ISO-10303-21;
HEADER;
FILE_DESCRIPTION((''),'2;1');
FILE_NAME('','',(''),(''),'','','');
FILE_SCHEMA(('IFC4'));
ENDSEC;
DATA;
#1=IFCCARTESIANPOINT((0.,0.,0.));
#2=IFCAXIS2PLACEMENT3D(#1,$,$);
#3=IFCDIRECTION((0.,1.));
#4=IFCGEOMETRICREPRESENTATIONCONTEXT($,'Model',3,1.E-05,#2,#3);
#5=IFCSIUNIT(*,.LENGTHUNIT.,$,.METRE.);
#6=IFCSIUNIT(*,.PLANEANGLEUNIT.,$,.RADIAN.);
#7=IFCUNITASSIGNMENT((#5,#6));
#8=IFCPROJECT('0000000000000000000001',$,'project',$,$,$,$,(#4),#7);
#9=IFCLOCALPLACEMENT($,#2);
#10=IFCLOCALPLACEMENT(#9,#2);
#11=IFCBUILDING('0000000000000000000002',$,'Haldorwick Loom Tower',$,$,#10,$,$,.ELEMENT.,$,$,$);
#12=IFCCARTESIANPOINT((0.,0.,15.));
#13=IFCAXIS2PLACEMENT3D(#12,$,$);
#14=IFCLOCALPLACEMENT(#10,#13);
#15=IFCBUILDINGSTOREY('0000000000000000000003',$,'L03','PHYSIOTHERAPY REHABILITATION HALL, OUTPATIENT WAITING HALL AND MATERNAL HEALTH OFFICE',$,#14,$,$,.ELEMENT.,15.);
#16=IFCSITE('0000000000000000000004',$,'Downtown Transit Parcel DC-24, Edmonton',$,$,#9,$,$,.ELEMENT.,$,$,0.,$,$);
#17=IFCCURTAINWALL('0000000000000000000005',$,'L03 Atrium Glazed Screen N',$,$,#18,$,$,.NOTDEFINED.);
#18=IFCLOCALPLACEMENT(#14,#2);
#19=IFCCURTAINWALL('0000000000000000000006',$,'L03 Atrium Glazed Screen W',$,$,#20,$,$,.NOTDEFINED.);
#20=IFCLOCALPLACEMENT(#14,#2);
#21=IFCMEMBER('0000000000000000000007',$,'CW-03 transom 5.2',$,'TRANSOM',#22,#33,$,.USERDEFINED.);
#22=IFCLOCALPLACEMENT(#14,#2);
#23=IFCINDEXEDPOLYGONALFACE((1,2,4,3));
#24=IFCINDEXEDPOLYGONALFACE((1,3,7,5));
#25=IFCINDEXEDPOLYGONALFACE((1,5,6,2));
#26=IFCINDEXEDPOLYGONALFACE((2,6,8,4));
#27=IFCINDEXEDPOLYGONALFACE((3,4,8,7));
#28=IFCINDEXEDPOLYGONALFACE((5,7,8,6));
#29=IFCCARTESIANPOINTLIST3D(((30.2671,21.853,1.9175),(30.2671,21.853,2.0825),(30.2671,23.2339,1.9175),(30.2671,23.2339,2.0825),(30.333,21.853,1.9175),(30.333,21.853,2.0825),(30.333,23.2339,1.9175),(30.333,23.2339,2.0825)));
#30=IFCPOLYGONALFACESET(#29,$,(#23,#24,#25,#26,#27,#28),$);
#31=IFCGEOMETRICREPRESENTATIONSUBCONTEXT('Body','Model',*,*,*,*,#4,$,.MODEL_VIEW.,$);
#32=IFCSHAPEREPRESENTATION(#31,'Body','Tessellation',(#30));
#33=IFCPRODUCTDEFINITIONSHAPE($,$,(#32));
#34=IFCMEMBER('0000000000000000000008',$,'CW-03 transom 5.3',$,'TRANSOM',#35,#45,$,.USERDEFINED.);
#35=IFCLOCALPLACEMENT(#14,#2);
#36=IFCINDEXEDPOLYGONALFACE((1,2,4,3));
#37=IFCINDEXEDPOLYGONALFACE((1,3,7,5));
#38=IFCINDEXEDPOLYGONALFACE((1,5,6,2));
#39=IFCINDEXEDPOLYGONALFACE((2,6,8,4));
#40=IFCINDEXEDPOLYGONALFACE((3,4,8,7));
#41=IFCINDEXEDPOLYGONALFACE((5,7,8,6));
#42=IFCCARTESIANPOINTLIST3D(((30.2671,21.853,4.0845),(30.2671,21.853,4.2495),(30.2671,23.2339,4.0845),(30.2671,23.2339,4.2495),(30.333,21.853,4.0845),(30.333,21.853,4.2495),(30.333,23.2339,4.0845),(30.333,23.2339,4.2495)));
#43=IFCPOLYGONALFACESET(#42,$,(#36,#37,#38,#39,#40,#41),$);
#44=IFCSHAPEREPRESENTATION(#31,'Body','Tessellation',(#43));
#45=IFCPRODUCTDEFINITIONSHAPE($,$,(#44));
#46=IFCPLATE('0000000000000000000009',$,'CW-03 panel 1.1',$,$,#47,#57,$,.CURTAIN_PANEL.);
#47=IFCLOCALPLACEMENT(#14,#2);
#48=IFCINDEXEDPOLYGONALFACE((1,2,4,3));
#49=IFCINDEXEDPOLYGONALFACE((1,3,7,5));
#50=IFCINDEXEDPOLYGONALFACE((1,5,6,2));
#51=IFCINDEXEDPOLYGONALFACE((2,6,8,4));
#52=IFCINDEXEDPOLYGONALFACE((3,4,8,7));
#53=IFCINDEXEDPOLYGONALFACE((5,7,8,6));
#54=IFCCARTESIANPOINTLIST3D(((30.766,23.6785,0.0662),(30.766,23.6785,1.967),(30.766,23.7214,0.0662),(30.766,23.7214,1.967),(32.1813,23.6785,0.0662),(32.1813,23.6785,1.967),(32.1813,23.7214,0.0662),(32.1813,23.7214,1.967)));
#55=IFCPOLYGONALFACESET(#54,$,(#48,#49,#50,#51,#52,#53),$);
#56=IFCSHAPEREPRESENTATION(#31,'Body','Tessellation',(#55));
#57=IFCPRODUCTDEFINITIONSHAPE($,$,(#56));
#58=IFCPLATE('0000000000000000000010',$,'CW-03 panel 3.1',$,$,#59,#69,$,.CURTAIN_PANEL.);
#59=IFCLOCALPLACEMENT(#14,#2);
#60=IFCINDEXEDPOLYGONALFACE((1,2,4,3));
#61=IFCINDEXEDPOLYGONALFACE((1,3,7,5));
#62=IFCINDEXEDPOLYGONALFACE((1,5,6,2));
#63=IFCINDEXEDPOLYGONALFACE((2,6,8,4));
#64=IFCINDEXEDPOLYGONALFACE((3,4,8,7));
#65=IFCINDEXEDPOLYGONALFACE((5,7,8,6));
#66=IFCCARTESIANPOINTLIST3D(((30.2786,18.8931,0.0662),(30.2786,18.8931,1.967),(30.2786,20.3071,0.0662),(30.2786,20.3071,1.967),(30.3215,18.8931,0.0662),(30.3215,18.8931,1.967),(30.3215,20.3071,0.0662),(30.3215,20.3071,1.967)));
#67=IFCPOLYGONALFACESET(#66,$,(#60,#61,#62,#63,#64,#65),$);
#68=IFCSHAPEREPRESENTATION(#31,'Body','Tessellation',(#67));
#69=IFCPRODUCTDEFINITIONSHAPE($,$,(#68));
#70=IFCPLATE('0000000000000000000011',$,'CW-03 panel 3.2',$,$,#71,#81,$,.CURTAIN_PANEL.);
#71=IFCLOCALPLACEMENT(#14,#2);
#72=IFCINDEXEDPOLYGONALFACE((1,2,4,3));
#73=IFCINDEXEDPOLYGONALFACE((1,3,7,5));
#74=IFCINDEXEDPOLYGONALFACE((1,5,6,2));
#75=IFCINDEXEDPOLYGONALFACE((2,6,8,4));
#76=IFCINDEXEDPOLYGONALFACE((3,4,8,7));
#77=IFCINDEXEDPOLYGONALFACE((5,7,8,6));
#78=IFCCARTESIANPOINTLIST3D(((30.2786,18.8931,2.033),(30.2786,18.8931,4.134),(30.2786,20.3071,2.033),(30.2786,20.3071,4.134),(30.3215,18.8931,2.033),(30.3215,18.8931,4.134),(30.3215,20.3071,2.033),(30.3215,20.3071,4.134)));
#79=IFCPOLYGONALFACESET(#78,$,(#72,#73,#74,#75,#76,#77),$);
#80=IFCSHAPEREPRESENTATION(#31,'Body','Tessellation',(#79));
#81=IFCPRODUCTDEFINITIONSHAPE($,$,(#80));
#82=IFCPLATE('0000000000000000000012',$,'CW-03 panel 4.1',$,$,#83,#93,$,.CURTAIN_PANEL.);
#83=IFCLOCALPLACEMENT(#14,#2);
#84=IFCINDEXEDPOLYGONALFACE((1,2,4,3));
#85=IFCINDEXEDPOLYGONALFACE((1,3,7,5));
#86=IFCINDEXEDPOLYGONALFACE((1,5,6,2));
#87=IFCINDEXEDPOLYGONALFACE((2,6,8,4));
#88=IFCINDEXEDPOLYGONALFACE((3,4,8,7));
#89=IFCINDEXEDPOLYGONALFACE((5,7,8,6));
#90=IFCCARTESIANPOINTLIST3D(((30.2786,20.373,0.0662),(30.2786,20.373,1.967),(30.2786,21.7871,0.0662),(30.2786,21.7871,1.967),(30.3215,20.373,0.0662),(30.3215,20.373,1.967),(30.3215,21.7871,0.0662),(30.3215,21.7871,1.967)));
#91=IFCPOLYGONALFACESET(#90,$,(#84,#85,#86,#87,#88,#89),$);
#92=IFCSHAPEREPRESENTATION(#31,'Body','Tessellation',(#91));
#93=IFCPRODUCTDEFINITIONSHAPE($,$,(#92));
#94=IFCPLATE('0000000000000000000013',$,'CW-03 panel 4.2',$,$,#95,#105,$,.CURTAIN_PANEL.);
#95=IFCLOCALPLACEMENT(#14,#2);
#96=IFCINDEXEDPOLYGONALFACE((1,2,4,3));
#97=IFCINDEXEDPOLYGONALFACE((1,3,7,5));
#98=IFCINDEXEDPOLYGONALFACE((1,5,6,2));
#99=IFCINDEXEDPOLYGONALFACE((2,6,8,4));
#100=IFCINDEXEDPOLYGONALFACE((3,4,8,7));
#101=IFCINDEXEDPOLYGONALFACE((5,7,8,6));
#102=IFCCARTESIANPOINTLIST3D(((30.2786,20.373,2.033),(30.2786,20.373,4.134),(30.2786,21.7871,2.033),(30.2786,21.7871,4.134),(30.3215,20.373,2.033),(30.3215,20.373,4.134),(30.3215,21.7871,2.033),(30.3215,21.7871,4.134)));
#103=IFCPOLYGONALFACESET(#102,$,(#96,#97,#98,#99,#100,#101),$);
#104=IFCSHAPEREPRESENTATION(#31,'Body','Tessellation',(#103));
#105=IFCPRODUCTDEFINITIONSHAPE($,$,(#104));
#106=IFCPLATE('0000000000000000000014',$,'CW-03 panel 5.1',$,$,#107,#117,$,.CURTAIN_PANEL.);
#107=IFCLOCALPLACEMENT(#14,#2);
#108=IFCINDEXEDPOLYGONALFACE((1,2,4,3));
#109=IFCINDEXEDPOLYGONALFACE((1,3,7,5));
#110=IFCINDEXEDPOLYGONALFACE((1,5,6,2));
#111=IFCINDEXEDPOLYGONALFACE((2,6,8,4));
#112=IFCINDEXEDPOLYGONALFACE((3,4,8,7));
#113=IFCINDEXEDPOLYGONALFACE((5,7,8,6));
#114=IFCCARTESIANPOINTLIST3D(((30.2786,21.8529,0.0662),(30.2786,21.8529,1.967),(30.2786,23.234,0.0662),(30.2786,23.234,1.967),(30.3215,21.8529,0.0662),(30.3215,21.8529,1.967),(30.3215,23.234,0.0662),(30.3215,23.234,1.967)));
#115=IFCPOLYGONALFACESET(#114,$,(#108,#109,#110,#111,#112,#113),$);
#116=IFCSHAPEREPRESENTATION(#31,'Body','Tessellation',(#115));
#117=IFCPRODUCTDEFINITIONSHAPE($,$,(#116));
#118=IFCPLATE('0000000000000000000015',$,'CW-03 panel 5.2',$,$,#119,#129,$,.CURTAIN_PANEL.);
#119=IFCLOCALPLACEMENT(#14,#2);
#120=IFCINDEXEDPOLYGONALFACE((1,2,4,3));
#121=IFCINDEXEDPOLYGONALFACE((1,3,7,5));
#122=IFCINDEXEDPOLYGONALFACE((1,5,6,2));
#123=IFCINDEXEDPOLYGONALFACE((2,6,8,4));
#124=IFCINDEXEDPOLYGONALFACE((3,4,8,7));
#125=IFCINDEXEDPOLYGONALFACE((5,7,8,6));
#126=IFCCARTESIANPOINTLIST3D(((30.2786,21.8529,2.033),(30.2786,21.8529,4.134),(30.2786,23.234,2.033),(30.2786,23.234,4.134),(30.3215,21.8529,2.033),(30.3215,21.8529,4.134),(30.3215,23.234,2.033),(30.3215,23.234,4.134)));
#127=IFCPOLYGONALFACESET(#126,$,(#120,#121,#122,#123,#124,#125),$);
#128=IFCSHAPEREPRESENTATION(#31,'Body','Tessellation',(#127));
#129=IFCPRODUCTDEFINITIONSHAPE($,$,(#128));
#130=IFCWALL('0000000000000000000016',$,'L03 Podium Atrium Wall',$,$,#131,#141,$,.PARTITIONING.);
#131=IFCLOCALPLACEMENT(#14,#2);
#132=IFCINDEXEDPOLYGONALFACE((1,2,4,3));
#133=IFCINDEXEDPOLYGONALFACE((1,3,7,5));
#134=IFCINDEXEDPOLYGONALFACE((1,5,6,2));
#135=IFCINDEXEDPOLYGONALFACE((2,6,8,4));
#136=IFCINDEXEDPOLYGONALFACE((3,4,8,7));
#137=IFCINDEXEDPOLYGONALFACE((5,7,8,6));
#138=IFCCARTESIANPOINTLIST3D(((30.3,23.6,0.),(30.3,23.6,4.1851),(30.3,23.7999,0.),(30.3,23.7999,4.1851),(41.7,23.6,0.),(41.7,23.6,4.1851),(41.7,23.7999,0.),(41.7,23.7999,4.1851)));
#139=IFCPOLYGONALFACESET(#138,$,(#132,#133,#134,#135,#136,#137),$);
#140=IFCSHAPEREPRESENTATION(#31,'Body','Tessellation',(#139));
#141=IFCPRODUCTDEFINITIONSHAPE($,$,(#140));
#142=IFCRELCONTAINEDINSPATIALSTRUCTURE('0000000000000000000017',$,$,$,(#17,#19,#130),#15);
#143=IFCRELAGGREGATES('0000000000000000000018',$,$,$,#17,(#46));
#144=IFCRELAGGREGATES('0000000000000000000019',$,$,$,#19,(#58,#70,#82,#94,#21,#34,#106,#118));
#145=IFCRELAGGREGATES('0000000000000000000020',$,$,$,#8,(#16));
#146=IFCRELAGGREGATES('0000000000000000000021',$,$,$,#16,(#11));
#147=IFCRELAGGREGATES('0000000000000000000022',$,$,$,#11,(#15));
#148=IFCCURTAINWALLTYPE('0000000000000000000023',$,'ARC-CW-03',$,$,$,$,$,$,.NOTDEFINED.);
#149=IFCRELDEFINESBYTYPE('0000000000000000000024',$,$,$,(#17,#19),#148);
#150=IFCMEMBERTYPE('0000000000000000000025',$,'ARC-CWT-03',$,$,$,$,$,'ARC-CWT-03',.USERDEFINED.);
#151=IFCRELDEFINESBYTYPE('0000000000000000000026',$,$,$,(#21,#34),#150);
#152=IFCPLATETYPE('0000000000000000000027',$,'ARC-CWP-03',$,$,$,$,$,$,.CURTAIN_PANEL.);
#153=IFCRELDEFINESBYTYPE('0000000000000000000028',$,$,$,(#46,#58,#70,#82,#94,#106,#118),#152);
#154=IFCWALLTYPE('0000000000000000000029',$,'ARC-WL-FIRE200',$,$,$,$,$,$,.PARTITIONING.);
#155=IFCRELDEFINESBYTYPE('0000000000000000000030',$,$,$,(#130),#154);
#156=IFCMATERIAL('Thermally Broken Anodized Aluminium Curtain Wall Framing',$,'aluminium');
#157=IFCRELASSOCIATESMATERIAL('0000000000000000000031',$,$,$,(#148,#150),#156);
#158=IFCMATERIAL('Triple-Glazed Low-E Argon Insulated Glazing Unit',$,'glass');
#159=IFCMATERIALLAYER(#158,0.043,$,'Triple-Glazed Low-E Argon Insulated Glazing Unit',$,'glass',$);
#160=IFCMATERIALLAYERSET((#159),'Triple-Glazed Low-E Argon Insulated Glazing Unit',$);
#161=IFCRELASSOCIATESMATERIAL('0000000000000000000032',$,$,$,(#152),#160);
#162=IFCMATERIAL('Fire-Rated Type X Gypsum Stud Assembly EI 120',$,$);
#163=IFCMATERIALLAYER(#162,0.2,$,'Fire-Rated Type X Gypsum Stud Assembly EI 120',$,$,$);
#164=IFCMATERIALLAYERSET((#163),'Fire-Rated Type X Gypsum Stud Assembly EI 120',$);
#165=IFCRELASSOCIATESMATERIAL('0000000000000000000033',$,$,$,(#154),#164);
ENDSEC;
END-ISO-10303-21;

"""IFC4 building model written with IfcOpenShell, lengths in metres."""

from ifc_helpers import new_model, si_unit, direction, frame, frame_2d, origin, origin_2d, place, context, subcontext, project, spatial, rectangle, extrude, material, layer, layer_set, material_profile, profile_set, type_object, element, aggregate, save


model = new_model("IFC4")

# Units and contexts
model_context = context("Model", 3, precision=1e-05, world=origin(), true_north=direction((0.0, 1.0)))
body_context = subcontext(model_context, "Body", "Model", "MODEL_VIEW")
ifc_project = project(units=[si_unit("LENGTHUNIT", "METRE"), si_unit("PLANEANGLEUNIT", "RADIAN")], contexts=[model_context])

# Site, building, storey
site_placement = place(None, origin())
site = spatial("IfcSite", under=ifc_project, at=site_placement, Name="Downtown Transit Parcel DC-24, Edmonton", CompositionType="ELEMENT", RefElevation=0.0)
building_placement = place(site_placement, origin())
building = spatial("IfcBuilding", under=site, at=building_placement, Name="Haldorwick Loom Tower", CompositionType="ELEMENT")
storey_placement = place(building_placement, frame((0.0, 0.0, 15.0)))
storey = spatial("IfcBuildingStorey", under=building, at=storey_placement, Name="L03", Description="PHYSIOTHERAPY REHABILITATION HALL, OUTPATIENT WAITING HALL AND MATERNAL HEALTH OFFICE", CompositionType="ELEMENT", Elevation=15.0)

# Curtain wall
ifc_material_1 = material(Name="Thermally Broken Anodized Aluminium Curtain Wall Framing", Category="aluminium")
curtain_wall_type = type_object("IfcCurtainWallType", Name="ARC-CW-03", PredefinedType="NOTDEFINED", material=ifc_material_1)
curtain_wall_1_placement = place(storey_placement, origin())
curtain_wall_1 = element("IfcCurtainWall", 1, at=curtain_wall_1_placement, inside=storey, type_object=curtain_wall_type, Name="L03 Atrium Glazed Screen N", PredefinedType="NOTDEFINED")

# Curtain wall
curtain_wall_2_placement = place(storey_placement, origin())
curtain_wall_2 = element("IfcCurtainWall", 2, at=curtain_wall_2_placement, inside=storey, type_object=curtain_wall_type, Name="L03 Atrium Glazed Screen W", PredefinedType="NOTDEFINED")

# Members
ifc_material_profile_1 = material_profile(ifc_material_1, rectangle(XDim=0.0659, YDim=0.165, at=origin_2d()), Name="ALU_TRN_66X165", Category="aluminium")
ifc_profile_set_1 = profile_set([ifc_material_profile_1], Name="Thermally Broken Anodized Aluminium Curtain Wall Framing")
member_type_1 = type_object("IfcMemberType", Name="ARC-CWT-03", ElementType="ARC-CWT-03", PredefinedType="USERDEFINED", material=ifc_profile_set_1)
member_1_placement = place(storey_placement, frame((30.3, 21.853, 2.0), z_axis=(0.0, 1.0, 0.0), x_axis=(-1.0, 0.0, 0.0)))
member_1 = element("IfcMember", 3, at=member_1_placement, type_object=member_type_1, Name="CW-03 transom 5.2", ObjectType="TRANSOM", PredefinedType="USERDEFINED", context=body_context, shape_type="SweptSolid", body=[
    extrude(rectangle(XDim=0.0659, YDim=0.165, at=origin_2d()), origin(), (0.0, 0.0, 1.0), 1.3809),
])
member_2_placement = place(storey_placement, frame((30.3, 21.853, 4.167), z_axis=(0.0, 1.0, 0.0), x_axis=(-1.0, 0.0, 0.0)))
member_2 = element("IfcMember", 4, at=member_2_placement, type_object=member_type_1, Name="CW-03 transom 5.3", ObjectType="TRANSOM", PredefinedType="USERDEFINED", context=body_context, shape_type="SweptSolid", body=[
    extrude(rectangle(XDim=0.0659, YDim=0.165, at=origin_2d()), origin(), (0.0, 0.0, 1.0), 1.3809),
])

# Plates
ifc_material_2 = material(Name="Triple-Glazed Low-E Argon Insulated Glazing Unit", Category="glass")
ifc_layer_1 = layer(ifc_material_2, 0.043, Name="Triple-Glazed Low-E Argon Insulated Glazing Unit", Category="glass")
ifc_layer_set_1 = layer_set([ifc_layer_1], Name="Triple-Glazed Low-E Argon Insulated Glazing Unit")
plate_type = type_object("IfcPlateType", Name="ARC-CWP-03", PredefinedType="CURTAIN_PANEL", material=ifc_layer_set_1)
plate_1_placement = place(storey_placement, frame((31.4736, 23.7, 0.0662), z_axis=(0.0, 0.0, 1.0), x_axis=(1.0, 0.0, 0.0)))
plate_1 = element("IfcPlate", 5, at=plate_1_placement, type_object=plate_type, Name="CW-03 panel 1.1", PredefinedType="CURTAIN_PANEL", context=body_context, shape_type="SweptSolid", body=[
    extrude(rectangle(XDim=1.4153, YDim=0.043, at=origin_2d()), origin(), (0.0, 0.0, 1.0), 1.9009),
])
aggregate(curtain_wall_1, [plate_1])
plate_2_placement = place(storey_placement, frame((30.3, 19.6001, 0.0662), z_axis=(0.0, 0.0, 1.0), x_axis=(0.0, 1.0, 0.0)))
plate_2 = element("IfcPlate", 6, at=plate_2_placement, type_object=plate_type, Name="CW-03 panel 3.1", PredefinedType="CURTAIN_PANEL", context=body_context, shape_type="SweptSolid", body=[
    extrude(rectangle(XDim=1.4141, YDim=0.043, at=origin_2d()), origin(), (0.0, 0.0, 1.0), 1.9009),
])
plate_3_placement = place(storey_placement, frame((30.3, 19.6001, 2.033), z_axis=(0.0, 0.0, 1.0), x_axis=(0.0, 1.0, 0.0)))
plate_3 = element("IfcPlate", 7, at=plate_3_placement, type_object=plate_type, Name="CW-03 panel 3.2", PredefinedType="CURTAIN_PANEL", context=body_context, shape_type="SweptSolid", body=[
    extrude(rectangle(XDim=1.4141, YDim=0.043, at=origin_2d()), origin(), (0.0, 0.0, 1.0), 2.1011),
])
plate_4_placement = place(storey_placement, frame((30.3, 21.0801, 0.0662), z_axis=(0.0, 0.0, 1.0), x_axis=(0.0, 1.0, 0.0)))
plate_4 = element("IfcPlate", 8, at=plate_4_placement, type_object=plate_type, Name="CW-03 panel 4.1", PredefinedType="CURTAIN_PANEL", context=body_context, shape_type="SweptSolid", body=[
    extrude(rectangle(XDim=1.4141, YDim=0.043, at=origin_2d()), origin(), (0.0, 0.0, 1.0), 1.9009),
])
plate_5_placement = place(storey_placement, frame((30.3, 21.0801, 2.033), z_axis=(0.0, 0.0, 1.0), x_axis=(0.0, 1.0, 0.0)))
plate_5 = element("IfcPlate", 9, at=plate_5_placement, type_object=plate_type, Name="CW-03 panel 4.2", PredefinedType="CURTAIN_PANEL", context=body_context, shape_type="SweptSolid", body=[
    extrude(rectangle(XDim=1.4141, YDim=0.043, at=origin_2d()), origin(), (0.0, 0.0, 1.0), 2.1011),
])
plate_6_placement = place(storey_placement, frame((30.3, 22.5435, 0.0662), z_axis=(0.0, 0.0, 1.0), x_axis=(0.0, 1.0, 0.0)))
plate_6 = element("IfcPlate", 10, at=plate_6_placement, type_object=plate_type, Name="CW-03 panel 5.1", PredefinedType="CURTAIN_PANEL", context=body_context, shape_type="SweptSolid", body=[
    extrude(rectangle(XDim=1.3811, YDim=0.043, at=origin_2d()), origin(), (0.0, 0.0, 1.0), 1.9009),
])
plate_7_placement = place(storey_placement, frame((30.3, 22.5435, 2.033), z_axis=(0.0, 0.0, 1.0), x_axis=(0.0, 1.0, 0.0)))
plate_7 = element("IfcPlate", 11, at=plate_7_placement, type_object=plate_type, Name="CW-03 panel 5.2", PredefinedType="CURTAIN_PANEL", context=body_context, shape_type="SweptSolid", body=[
    extrude(rectangle(XDim=1.3811, YDim=0.043, at=origin_2d()), origin(), (0.0, 0.0, 1.0), 2.1011),
])
aggregate(curtain_wall_2, [plate_2, plate_3, plate_4, plate_5, member_1, member_2, plate_6, plate_7])

# Wall
ifc_material_3 = material(Name="Fire-Rated Type X Gypsum Stud Assembly EI 120")
ifc_layer_2 = layer(ifc_material_3, 0.2, Name="Fire-Rated Type X Gypsum Stud Assembly EI 120")
ifc_layer_set_2 = layer_set([ifc_layer_2], Name="Fire-Rated Type X Gypsum Stud Assembly EI 120")
wall_type = type_object("IfcWallType", Name="ARC-WL-FIRE200", PredefinedType="PARTITIONING", material=ifc_layer_set_2)
wall_placement = place(storey_placement, frame((30.3, 23.7, 0.0), z_axis=(0.0, 0.0, 1.0), x_axis=(1.0, 0.0, 0.0)))
element("IfcWall", 12, at=wall_placement, inside=storey, type_object=wall_type, Name="L03 Podium Atrium Wall", PredefinedType="PARTITIONING", context=body_context, shape_type="SweptSolid", body=[
    extrude(rectangle(XDim=11.3999, YDim=0.2, at=frame_2d((5.7, 0.0))), origin(), (0.0, 0.0, 1.0), 4.1851),
])

save(model, "model.ifc")
